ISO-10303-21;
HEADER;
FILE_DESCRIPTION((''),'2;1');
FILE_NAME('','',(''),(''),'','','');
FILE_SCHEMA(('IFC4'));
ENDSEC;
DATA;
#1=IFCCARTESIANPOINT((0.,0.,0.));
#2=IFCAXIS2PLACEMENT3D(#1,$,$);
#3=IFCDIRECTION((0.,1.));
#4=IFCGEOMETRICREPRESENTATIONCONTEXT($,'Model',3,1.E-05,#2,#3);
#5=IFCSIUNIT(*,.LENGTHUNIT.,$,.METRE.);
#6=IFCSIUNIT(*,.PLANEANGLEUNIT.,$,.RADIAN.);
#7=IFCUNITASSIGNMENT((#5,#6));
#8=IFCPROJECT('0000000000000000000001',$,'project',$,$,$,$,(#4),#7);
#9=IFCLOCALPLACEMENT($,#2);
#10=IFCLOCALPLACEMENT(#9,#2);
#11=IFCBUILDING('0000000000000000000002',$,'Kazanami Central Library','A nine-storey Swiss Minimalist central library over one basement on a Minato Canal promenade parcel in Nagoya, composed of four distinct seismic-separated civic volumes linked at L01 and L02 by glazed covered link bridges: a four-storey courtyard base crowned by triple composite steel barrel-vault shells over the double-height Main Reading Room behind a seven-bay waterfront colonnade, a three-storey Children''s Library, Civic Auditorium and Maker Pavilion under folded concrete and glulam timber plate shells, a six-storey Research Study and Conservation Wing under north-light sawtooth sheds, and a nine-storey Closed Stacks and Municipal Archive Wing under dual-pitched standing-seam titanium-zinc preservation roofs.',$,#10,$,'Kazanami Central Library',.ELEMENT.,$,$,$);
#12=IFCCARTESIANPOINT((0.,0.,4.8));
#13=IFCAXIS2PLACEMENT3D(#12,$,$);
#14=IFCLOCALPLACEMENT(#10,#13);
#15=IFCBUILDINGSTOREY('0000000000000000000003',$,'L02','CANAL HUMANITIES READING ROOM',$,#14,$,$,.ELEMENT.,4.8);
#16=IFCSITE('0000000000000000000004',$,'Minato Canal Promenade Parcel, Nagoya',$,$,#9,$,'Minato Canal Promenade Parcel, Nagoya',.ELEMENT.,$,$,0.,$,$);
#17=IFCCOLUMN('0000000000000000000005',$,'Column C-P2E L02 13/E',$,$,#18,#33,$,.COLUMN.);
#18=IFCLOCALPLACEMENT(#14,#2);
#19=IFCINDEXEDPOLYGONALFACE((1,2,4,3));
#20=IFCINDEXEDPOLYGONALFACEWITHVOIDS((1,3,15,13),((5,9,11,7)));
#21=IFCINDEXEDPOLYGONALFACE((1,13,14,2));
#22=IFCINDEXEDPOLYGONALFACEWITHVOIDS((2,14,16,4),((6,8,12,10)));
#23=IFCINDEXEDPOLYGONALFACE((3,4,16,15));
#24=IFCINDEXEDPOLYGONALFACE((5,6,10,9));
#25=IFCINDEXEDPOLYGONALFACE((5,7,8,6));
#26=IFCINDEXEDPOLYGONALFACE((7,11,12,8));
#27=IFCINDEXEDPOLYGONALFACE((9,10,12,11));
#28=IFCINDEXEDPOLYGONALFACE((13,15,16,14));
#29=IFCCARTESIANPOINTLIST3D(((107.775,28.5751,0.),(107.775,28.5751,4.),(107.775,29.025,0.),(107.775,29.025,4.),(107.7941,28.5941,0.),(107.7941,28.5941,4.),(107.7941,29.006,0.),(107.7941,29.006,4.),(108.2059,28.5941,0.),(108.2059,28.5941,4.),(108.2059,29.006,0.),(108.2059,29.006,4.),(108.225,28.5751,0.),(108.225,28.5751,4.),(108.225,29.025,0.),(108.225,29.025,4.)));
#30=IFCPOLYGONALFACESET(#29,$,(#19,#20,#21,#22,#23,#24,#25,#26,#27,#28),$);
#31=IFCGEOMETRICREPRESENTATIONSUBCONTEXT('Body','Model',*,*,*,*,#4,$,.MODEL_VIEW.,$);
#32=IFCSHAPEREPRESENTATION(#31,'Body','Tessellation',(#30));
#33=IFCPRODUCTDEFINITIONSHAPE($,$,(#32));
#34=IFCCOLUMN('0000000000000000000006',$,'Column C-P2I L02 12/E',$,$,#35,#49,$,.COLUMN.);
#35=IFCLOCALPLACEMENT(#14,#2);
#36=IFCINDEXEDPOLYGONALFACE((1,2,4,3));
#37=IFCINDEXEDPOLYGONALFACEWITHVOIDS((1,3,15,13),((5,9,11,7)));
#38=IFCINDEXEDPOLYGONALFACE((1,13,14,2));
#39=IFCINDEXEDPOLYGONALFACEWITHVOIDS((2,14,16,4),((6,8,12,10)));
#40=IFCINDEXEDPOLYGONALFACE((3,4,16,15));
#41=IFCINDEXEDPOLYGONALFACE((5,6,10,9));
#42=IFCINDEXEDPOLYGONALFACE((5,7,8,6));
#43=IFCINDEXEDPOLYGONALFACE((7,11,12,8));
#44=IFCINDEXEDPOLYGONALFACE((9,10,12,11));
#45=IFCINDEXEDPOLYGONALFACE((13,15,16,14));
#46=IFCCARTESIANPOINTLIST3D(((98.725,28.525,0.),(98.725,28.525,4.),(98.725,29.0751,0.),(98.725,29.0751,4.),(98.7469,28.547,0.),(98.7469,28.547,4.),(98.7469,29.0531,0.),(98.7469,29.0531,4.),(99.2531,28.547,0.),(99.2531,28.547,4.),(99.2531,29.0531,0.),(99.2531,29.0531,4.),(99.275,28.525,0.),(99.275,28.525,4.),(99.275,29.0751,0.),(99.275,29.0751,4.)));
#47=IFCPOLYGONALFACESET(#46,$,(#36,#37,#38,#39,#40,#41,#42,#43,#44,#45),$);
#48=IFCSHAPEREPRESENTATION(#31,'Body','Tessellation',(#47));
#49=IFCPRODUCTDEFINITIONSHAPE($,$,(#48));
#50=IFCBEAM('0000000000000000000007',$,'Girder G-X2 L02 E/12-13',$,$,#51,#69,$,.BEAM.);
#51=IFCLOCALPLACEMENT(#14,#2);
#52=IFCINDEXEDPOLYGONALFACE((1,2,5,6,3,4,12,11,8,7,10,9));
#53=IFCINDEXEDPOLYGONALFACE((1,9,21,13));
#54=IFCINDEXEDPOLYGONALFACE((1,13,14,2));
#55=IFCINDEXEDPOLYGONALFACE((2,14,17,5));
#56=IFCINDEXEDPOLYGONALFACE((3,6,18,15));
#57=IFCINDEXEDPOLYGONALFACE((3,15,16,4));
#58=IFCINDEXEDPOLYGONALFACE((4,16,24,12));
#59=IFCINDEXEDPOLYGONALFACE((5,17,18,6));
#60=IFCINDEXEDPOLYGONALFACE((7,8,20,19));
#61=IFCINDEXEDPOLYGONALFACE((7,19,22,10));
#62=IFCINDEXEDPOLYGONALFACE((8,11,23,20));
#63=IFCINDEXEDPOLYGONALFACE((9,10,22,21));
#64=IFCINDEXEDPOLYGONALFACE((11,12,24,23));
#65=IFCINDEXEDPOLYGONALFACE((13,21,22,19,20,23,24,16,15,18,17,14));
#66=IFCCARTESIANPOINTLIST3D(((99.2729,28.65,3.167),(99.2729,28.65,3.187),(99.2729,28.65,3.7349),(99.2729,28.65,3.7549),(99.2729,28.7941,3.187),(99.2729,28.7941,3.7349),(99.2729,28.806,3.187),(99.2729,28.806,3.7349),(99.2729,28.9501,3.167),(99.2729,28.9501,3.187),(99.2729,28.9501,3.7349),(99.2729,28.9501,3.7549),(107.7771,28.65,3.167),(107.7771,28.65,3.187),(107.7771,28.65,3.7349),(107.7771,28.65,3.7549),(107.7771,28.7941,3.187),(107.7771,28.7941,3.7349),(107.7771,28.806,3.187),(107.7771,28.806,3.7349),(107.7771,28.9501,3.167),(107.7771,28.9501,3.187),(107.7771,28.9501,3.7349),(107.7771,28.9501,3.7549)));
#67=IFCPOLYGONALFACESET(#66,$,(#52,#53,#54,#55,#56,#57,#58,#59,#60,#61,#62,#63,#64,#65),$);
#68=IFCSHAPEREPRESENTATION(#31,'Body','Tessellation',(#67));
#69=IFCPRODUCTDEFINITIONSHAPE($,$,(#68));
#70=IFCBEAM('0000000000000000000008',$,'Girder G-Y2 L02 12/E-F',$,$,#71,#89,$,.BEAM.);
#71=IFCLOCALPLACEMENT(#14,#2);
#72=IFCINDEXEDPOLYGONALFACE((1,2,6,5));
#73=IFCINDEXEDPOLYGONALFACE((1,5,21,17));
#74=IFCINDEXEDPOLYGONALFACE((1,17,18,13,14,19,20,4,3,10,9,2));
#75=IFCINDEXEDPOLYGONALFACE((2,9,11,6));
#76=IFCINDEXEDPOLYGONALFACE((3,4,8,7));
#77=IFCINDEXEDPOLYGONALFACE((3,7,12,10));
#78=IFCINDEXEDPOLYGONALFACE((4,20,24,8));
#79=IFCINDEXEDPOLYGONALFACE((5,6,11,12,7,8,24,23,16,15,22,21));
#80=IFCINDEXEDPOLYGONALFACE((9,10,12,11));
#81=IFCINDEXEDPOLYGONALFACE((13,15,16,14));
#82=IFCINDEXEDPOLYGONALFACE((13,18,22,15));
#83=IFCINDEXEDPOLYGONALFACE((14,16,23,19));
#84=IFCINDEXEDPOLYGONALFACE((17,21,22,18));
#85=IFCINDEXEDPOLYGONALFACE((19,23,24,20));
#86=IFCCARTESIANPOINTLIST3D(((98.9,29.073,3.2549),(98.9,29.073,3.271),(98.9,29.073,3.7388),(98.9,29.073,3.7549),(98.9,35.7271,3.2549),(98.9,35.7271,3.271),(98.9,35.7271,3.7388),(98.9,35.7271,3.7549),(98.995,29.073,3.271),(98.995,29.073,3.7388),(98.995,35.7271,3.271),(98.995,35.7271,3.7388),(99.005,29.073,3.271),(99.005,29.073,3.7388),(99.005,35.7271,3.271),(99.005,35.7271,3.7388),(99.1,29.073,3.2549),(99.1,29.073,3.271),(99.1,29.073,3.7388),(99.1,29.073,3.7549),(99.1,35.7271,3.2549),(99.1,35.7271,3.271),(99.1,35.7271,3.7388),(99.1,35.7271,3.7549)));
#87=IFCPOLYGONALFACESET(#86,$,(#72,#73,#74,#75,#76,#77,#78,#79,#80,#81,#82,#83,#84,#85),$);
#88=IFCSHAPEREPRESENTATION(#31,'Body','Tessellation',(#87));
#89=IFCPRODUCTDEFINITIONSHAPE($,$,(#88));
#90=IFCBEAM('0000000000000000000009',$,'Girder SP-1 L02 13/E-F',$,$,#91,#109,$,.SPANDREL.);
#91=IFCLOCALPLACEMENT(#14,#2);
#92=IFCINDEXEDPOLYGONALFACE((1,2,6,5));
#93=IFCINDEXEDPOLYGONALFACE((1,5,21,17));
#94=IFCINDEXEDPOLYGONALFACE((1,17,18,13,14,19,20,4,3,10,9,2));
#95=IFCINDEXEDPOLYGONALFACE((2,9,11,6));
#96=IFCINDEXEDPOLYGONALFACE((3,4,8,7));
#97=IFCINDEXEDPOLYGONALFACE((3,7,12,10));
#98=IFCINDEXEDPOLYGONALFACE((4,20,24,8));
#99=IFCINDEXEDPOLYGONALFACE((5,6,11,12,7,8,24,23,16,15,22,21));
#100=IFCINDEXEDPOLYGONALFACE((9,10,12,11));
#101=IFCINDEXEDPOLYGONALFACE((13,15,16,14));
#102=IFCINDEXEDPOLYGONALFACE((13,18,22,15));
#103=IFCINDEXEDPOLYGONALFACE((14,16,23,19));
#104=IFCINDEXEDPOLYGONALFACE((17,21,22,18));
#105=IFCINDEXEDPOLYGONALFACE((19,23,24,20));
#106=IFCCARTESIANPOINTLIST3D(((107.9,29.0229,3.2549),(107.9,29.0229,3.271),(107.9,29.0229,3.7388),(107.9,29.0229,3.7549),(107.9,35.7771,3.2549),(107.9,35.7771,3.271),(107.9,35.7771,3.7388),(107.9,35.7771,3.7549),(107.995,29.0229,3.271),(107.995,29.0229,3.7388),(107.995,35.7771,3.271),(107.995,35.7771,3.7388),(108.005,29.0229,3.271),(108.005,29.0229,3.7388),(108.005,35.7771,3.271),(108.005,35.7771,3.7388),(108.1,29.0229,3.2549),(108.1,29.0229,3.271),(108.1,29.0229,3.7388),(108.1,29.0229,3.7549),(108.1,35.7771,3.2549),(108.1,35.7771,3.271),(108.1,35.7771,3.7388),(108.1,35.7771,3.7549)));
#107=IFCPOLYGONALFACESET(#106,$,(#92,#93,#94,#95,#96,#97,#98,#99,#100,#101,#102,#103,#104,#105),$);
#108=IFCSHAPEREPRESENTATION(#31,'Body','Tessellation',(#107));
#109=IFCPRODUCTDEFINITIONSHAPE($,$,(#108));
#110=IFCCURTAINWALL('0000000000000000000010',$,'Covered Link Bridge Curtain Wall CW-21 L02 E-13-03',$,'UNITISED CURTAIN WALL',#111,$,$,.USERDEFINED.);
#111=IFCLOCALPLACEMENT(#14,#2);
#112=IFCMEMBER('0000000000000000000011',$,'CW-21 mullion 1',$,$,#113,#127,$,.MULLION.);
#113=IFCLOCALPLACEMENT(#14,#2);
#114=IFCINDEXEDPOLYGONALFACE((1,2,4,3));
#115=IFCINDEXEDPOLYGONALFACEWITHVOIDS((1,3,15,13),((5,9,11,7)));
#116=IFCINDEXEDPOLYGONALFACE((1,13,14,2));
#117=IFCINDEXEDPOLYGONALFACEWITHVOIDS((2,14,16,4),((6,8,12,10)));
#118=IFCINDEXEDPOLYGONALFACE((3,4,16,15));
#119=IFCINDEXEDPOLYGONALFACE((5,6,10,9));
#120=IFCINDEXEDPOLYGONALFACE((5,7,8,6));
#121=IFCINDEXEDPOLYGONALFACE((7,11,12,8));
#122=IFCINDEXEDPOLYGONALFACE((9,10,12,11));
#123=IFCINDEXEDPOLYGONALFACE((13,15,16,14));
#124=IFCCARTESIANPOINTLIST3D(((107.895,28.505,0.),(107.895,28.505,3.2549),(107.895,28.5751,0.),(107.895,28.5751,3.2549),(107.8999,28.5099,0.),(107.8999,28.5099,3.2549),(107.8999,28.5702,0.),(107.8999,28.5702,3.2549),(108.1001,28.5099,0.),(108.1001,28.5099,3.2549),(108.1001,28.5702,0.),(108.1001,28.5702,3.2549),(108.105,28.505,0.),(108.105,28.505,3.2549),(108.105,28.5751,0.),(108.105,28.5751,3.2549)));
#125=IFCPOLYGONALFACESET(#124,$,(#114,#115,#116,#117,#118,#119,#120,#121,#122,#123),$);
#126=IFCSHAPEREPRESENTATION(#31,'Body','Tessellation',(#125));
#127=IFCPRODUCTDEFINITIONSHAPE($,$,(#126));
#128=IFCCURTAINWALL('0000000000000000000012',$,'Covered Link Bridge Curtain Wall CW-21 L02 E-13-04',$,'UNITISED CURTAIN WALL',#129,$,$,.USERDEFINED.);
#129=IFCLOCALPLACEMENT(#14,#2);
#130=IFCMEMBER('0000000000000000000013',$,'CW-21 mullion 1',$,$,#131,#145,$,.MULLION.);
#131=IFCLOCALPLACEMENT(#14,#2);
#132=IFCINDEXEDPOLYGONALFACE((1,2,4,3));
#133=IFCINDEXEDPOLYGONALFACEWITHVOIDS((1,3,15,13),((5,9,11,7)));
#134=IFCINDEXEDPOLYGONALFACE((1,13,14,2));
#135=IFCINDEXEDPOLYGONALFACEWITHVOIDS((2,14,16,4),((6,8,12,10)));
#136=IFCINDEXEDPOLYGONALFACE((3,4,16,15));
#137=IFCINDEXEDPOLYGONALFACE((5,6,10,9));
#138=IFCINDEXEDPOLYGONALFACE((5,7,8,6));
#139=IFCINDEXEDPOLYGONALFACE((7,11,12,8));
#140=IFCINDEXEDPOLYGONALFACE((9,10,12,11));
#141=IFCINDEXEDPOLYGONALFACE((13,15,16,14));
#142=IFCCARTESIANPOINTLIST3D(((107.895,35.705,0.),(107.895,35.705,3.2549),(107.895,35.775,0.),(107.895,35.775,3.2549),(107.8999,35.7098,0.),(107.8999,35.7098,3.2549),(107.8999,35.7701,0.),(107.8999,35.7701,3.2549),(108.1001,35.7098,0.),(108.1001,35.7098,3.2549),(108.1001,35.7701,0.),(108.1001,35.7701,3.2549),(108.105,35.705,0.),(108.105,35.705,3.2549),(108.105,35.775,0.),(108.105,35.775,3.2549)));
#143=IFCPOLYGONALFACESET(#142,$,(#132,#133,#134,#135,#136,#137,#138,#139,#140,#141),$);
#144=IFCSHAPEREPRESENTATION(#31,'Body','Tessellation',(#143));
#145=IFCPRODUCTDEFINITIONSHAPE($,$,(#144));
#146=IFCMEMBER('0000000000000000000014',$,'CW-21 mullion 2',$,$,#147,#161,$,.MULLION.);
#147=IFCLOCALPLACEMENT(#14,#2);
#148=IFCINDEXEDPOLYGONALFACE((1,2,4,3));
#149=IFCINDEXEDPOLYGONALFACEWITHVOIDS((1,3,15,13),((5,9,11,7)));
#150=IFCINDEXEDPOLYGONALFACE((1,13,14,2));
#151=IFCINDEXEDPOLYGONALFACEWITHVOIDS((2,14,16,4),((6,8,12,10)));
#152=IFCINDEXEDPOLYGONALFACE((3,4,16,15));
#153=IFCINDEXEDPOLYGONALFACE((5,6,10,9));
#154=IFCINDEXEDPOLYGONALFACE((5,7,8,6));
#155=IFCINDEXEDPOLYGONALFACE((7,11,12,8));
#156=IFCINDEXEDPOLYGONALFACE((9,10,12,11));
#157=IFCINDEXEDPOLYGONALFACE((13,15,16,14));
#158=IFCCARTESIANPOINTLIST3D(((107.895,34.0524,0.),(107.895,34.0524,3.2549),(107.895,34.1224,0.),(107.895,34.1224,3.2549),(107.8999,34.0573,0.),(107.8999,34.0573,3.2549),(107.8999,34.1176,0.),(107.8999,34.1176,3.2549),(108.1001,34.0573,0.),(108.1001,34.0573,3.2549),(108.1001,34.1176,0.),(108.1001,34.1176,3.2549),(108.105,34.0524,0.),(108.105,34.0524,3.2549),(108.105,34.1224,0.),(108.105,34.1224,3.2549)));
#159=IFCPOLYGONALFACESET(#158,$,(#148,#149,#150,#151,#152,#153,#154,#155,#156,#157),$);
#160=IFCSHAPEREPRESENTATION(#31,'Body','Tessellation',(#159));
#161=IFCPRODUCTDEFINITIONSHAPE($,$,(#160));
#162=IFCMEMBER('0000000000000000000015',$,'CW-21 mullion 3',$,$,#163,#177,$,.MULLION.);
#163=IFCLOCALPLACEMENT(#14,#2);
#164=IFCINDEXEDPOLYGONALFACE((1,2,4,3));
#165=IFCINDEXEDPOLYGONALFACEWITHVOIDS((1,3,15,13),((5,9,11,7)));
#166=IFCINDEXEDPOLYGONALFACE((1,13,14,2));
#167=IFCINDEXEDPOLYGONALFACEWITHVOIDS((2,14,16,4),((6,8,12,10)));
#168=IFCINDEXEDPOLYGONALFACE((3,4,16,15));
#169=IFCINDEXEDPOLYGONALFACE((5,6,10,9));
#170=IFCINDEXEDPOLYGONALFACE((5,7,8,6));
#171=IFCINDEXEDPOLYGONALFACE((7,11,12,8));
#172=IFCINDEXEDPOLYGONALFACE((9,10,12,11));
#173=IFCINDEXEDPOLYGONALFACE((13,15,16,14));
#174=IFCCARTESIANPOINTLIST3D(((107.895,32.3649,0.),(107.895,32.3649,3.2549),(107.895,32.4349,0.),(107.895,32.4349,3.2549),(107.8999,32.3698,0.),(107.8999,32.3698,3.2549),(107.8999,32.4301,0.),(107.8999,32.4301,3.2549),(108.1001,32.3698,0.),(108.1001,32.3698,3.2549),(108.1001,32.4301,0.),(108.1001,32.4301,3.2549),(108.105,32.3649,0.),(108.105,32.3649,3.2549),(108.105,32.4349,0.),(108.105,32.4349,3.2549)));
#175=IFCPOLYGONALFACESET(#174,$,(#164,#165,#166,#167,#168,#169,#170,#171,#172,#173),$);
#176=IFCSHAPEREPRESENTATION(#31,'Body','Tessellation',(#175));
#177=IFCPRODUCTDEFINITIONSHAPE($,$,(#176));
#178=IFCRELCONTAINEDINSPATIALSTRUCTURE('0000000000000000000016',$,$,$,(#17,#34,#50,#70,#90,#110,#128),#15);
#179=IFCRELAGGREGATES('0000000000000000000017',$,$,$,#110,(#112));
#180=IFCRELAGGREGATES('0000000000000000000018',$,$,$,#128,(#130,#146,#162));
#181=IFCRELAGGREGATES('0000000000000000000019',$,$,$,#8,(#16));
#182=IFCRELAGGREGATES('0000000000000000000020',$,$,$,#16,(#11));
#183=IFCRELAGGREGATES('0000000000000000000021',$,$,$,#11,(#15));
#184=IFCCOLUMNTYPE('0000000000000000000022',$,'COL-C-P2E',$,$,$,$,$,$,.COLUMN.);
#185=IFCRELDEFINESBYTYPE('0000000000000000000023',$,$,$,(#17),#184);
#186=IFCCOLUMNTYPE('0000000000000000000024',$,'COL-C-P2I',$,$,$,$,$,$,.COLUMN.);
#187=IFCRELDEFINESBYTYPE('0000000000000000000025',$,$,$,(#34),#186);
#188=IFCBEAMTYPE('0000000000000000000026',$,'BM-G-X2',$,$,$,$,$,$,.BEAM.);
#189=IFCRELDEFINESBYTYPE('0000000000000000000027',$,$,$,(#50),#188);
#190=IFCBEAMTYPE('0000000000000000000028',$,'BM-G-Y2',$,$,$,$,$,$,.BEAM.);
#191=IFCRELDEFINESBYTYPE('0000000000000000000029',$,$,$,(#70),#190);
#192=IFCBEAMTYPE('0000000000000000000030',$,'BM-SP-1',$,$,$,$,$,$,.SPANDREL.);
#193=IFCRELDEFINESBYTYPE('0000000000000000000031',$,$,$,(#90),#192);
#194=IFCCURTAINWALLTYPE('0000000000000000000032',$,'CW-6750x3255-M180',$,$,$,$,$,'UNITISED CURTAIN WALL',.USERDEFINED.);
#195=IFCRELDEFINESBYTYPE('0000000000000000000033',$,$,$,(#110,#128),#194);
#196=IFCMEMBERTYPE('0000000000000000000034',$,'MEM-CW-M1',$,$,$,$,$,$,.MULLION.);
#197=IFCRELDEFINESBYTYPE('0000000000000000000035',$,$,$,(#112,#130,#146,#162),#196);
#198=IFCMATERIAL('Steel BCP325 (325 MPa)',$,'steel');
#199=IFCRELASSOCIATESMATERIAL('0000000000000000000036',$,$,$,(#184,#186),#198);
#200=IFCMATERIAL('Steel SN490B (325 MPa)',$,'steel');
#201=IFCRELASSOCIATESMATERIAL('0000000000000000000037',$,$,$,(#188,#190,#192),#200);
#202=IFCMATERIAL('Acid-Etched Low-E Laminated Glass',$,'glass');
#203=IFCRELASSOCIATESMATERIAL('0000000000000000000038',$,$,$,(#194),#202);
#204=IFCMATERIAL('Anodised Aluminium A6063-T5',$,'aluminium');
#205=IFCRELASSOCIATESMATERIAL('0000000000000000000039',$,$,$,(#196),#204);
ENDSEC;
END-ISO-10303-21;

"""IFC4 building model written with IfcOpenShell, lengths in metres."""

from ifc_helpers import new_model, si_unit, direction, frame, origin, origin_2d, place, context, subcontext, project, spatial, hollow_rectangle, i_section, extrude, material, material_profile, profile_set, type_object, element, aggregate, save


model = new_model("IFC4")

# Units and contexts
model_context = context("Model", 3, precision=1e-05, world=origin(), true_north=direction((0.0, 1.0)))
body_context = subcontext(model_context, "Body", "Model", "MODEL_VIEW")
ifc_project = project(units=[si_unit("LENGTHUNIT", "METRE"), si_unit("PLANEANGLEUNIT", "RADIAN")], contexts=[model_context])

# Site, building, storey
site_placement = place(None, origin())
site = spatial("IfcSite", under=ifc_project, at=site_placement, Name="Minato Canal Promenade Parcel, Nagoya", LongName="Minato Canal Promenade Parcel, Nagoya", CompositionType="ELEMENT", RefElevation=0.0)
building_placement = place(site_placement, origin())
building = spatial("IfcBuilding", under=site, at=building_placement, Name="Kazanami Central Library", Description="A nine-storey Swiss Minimalist central library over one basement on a Minato Canal promenade parcel in Nagoya, composed of four distinct seismic-separated civic volumes linked at L01 and L02 by glazed covered link bridges: a four-storey courtyard base crowned by triple composite steel barrel-vault shells over the double-height Main Reading Room behind a seven-bay waterfront colonnade, a three-storey Children's Library, Civic Auditorium and Maker Pavilion under folded concrete and glulam timber plate shells, a six-storey Research Study and Conservation Wing under north-light sawtooth sheds, and a nine-storey Closed Stacks and Municipal Archive Wing under dual-pitched standing-seam titanium-zinc preservation roofs.", LongName="Kazanami Central Library", CompositionType="ELEMENT")
storey_placement = place(building_placement, frame((0.0, 0.0, 4.8)))
storey = spatial("IfcBuildingStorey", under=building, at=storey_placement, Name="L02", Description="CANAL HUMANITIES READING ROOM", CompositionType="ELEMENT", Elevation=4.8)

# Columns
ifc_material_1 = material(Name="Steel BCP325 (325 MPa)", Category="steel")
ifc_material_profile_1 = material_profile(ifc_material_1, hollow_rectangle(XDim=0.45, YDim=0.45, WallThickness=0.019, at=origin_2d()), Name="BCP-450x450x19")
ifc_profile_set_1 = profile_set([ifc_material_profile_1], Name="Steel BCP325 (325 MPa)")
column_type_1 = type_object("IfcColumnType", Name="COL-C-P2E", PredefinedType="COLUMN", material=ifc_profile_set_1)
column_1_placement = place(storey_placement, frame((108.0, 28.8, 0.0), z_axis=(0.0, 0.0, 1.0), x_axis=(1.0, 0.0, 0.0)))
element("IfcColumn", 1, at=column_1_placement, inside=storey, type_object=column_type_1, Name="Column C-P2E L02 13/E", PredefinedType="COLUMN", context=body_context, shape_type="SweptSolid", body=[
    extrude(hollow_rectangle(XDim=0.45, YDim=0.45, WallThickness=0.019, at=origin_2d()), origin(), (0.0, 0.0, 1.0), 4.0),
])
ifc_material_profile_2 = material_profile(ifc_material_1, hollow_rectangle(XDim=0.55, YDim=0.55, WallThickness=0.022, at=origin_2d()), Name="BCP-550x550x22")
ifc_profile_set_2 = profile_set([ifc_material_profile_2], Name="Steel BCP325 (325 MPa)")
column_type_2 = type_object("IfcColumnType", Name="COL-C-P2I", PredefinedType="COLUMN", material=ifc_profile_set_2)
column_2_placement = place(storey_placement, frame((99.0, 28.8, 0.0), z_axis=(0.0, 0.0, 1.0), x_axis=(1.0, 0.0, 0.0)))
element("IfcColumn", 2, at=column_2_placement, inside=storey, type_object=column_type_2, Name="Column C-P2I L02 12/E", PredefinedType="COLUMN", context=body_context, shape_type="SweptSolid", body=[
    extrude(hollow_rectangle(XDim=0.55, YDim=0.55, WallThickness=0.022, at=origin_2d()), origin(), (0.0, 0.0, 1.0), 4.0),
])

# Beams
ifc_material_2 = material(Name="Steel SN490B (325 MPa)", Category="steel")
ifc_material_profile_3 = material_profile(ifc_material_2, i_section(OverallWidth=0.3, OverallDepth=0.5879, WebThickness=0.012, FlangeThickness=0.02, at=origin_2d()), Name="H-588x300x12x20")
ifc_profile_set_3 = profile_set([ifc_material_profile_3], Name="Steel SN490B (325 MPa)")
beam_type_1 = type_object("IfcBeamType", Name="BM-G-X2", PredefinedType="BEAM", material=ifc_profile_set_3)
beam_1_placement = place(storey_placement, frame((99.2729, 28.8, 3.4609), z_axis=(1.0, 0.0, 0.0), x_axis=(0.0, 1.0, 0.0)))
element("IfcBeam", 3, at=beam_1_placement, inside=storey, type_object=beam_type_1, Name="Girder G-X2 L02 E/12-13", PredefinedType="BEAM", context=body_context, shape_type="SweptSolid", body=[
    extrude(i_section(OverallWidth=0.3, OverallDepth=0.5879, WebThickness=0.012, FlangeThickness=0.02, at=origin_2d()), origin(), (0.0, 0.0, 1.0), 8.5042),
])
ifc_material_profile_4 = material_profile(ifc_material_2, i_section(OverallWidth=0.2, OverallDepth=0.5, WebThickness=0.01, FlangeThickness=0.0161, at=origin_2d()), Name="H-500x200x10x16")
ifc_profile_set_4 = profile_set([ifc_material_profile_4], Name="Steel SN490B (325 MPa)")
beam_type_2 = type_object("IfcBeamType", Name="BM-G-Y2", PredefinedType="BEAM", material=ifc_profile_set_4)
beam_2_placement = place(storey_placement, frame((99.0, 29.073, 3.5049), z_axis=(0.0, 1.0, 0.0), x_axis=(-1.0, 0.0, 0.0)))
element("IfcBeam", 4, at=beam_2_placement, inside=storey, type_object=beam_type_2, Name="Girder G-Y2 L02 12/E-F", PredefinedType="BEAM", context=body_context, shape_type="SweptSolid", body=[
    extrude(i_section(OverallWidth=0.2, OverallDepth=0.5, WebThickness=0.01, FlangeThickness=0.0161, at=origin_2d()), origin(), (0.0, 0.0, 1.0), 6.6541),
])
ifc_material_profile_5 = material_profile(ifc_material_2, i_section(OverallWidth=0.2, OverallDepth=0.5, WebThickness=0.01, FlangeThickness=0.0161, at=origin_2d()), Name="H-500x200x10x16")
ifc_profile_set_5 = profile_set([ifc_material_profile_5], Name="Steel SN490B (325 MPa)")
beam_type_3 = type_object("IfcBeamType", Name="BM-SP-1", PredefinedType="SPANDREL", material=ifc_profile_set_5)
beam_3_placement = place(storey_placement, frame((108.0, 29.0229, 3.5049), z_axis=(0.0, 1.0, 0.0), x_axis=(-1.0, 0.0, 0.0)))
element("IfcBeam", 5, at=beam_3_placement, inside=storey, type_object=beam_type_3, Name="Girder SP-1 L02 13/E-F", PredefinedType="SPANDREL", context=body_context, shape_type="SweptSolid", body=[
    extrude(i_section(OverallWidth=0.2, OverallDepth=0.5, WebThickness=0.01, FlangeThickness=0.0161, at=origin_2d()), origin(), (0.0, 0.0, 1.0), 6.7542),
])

# Curtain wall, member
ifc_material_3 = material(Name="Acid-Etched Low-E Laminated Glass", Category="glass")
curtain_wall_type_1 = type_object("IfcCurtainWallType", Name="CW-6750x3255-M180", ElementType="UNITISED CURTAIN WALL", PredefinedType="USERDEFINED", material=ifc_material_3)
curtain_wall_1_placement = place(storey_placement, origin())
curtain_wall_1 = element("IfcCurtainWall", 6, at=curtain_wall_1_placement, inside=storey, type_object=curtain_wall_type_1, Name="Covered Link Bridge Curtain Wall CW-21 L02 E-13-03", ObjectType="UNITISED CURTAIN WALL", PredefinedType="USERDEFINED")
ifc_material_4 = material(Name="Anodised Aluminium A6063-T5", Category="aluminium")
ifc_material_profile_6 = material_profile(ifc_material_4, hollow_rectangle(XDim=0.0701, YDim=0.21, WallThickness=0.0049, at=origin_2d()), Name="ALU-MULL-70x210x5")
ifc_profile_set_6 = profile_set([ifc_material_profile_6], Name="Anodised Aluminium A6063-T5")
member_type_1 = type_object("IfcMemberType", Name="MEM-CW-M1", PredefinedType="MULLION", material=ifc_profile_set_6)
member_1_placement = place(storey_placement, frame((108.0, 28.54, 0.0), z_axis=(0.0, 0.0, 1.0), x_axis=(0.0, -1.0, 0.0)))
member_1 = element("IfcMember", 7, at=member_1_placement, type_object=member_type_1, Name="CW-21 mullion 1", PredefinedType="MULLION", context=body_context, shape_type="SweptSolid", body=[
    extrude(hollow_rectangle(XDim=0.0701, YDim=0.21, WallThickness=0.0049, at=origin_2d()), origin(), (0.0, 0.0, 1.0), 3.2549),
])

# Curtain wall, members
curtain_wall_2_placement = place(storey_placement, origin())
curtain_wall_2 = element("IfcCurtainWall", 8, at=curtain_wall_2_placement, inside=storey, type_object=curtain_wall_type_1, Name="Covered Link Bridge Curtain Wall CW-21 L02 E-13-04", ObjectType="UNITISED CURTAIN WALL", PredefinedType="USERDEFINED")
member_2_placement = place(storey_placement, frame((108.0, 35.74, 0.0), z_axis=(0.0, 0.0, 1.0), x_axis=(0.0, -1.0, 0.0)))
member_2 = element("IfcMember", 9, at=member_2_placement, type_object=member_type_1, Name="CW-21 mullion 1", PredefinedType="MULLION", context=body_context, shape_type="SweptSolid", body=[
    extrude(hollow_rectangle(XDim=0.0701, YDim=0.21, WallThickness=0.0049, at=origin_2d()), origin(), (0.0, 0.0, 1.0), 3.2549),
])
member_3_placement = place(storey_placement, frame((108.0, 34.0874, 0.0), z_axis=(0.0, 0.0, 1.0), x_axis=(0.0, -1.0, 0.0)))
member_3 = element("IfcMember", 10, at=member_3_placement, type_object=member_type_1, Name="CW-21 mullion 2", PredefinedType="MULLION", context=body_context, shape_type="SweptSolid", body=[
    extrude(hollow_rectangle(XDim=0.0701, YDim=0.21, WallThickness=0.0049, at=origin_2d()), origin(), (0.0, 0.0, 1.0), 3.2549),
])
member_4_placement = place(storey_placement, frame((108.0, 32.3999, 0.0), z_axis=(0.0, 0.0, 1.0), x_axis=(0.0, -1.0, 0.0)))
member_4 = element("IfcMember", 11, at=member_4_placement, type_object=member_type_1, Name="CW-21 mullion 3", PredefinedType="MULLION", context=body_context, shape_type="SweptSolid", body=[
    extrude(hollow_rectangle(XDim=0.0701, YDim=0.21, WallThickness=0.0049, at=origin_2d()), origin(), (0.0, 0.0, 1.0), 3.2549),
])

aggregate(curtain_wall_1, [member_1])
aggregate(curtain_wall_2, [member_2, member_3, member_4])

save(model, "model.ifc")
